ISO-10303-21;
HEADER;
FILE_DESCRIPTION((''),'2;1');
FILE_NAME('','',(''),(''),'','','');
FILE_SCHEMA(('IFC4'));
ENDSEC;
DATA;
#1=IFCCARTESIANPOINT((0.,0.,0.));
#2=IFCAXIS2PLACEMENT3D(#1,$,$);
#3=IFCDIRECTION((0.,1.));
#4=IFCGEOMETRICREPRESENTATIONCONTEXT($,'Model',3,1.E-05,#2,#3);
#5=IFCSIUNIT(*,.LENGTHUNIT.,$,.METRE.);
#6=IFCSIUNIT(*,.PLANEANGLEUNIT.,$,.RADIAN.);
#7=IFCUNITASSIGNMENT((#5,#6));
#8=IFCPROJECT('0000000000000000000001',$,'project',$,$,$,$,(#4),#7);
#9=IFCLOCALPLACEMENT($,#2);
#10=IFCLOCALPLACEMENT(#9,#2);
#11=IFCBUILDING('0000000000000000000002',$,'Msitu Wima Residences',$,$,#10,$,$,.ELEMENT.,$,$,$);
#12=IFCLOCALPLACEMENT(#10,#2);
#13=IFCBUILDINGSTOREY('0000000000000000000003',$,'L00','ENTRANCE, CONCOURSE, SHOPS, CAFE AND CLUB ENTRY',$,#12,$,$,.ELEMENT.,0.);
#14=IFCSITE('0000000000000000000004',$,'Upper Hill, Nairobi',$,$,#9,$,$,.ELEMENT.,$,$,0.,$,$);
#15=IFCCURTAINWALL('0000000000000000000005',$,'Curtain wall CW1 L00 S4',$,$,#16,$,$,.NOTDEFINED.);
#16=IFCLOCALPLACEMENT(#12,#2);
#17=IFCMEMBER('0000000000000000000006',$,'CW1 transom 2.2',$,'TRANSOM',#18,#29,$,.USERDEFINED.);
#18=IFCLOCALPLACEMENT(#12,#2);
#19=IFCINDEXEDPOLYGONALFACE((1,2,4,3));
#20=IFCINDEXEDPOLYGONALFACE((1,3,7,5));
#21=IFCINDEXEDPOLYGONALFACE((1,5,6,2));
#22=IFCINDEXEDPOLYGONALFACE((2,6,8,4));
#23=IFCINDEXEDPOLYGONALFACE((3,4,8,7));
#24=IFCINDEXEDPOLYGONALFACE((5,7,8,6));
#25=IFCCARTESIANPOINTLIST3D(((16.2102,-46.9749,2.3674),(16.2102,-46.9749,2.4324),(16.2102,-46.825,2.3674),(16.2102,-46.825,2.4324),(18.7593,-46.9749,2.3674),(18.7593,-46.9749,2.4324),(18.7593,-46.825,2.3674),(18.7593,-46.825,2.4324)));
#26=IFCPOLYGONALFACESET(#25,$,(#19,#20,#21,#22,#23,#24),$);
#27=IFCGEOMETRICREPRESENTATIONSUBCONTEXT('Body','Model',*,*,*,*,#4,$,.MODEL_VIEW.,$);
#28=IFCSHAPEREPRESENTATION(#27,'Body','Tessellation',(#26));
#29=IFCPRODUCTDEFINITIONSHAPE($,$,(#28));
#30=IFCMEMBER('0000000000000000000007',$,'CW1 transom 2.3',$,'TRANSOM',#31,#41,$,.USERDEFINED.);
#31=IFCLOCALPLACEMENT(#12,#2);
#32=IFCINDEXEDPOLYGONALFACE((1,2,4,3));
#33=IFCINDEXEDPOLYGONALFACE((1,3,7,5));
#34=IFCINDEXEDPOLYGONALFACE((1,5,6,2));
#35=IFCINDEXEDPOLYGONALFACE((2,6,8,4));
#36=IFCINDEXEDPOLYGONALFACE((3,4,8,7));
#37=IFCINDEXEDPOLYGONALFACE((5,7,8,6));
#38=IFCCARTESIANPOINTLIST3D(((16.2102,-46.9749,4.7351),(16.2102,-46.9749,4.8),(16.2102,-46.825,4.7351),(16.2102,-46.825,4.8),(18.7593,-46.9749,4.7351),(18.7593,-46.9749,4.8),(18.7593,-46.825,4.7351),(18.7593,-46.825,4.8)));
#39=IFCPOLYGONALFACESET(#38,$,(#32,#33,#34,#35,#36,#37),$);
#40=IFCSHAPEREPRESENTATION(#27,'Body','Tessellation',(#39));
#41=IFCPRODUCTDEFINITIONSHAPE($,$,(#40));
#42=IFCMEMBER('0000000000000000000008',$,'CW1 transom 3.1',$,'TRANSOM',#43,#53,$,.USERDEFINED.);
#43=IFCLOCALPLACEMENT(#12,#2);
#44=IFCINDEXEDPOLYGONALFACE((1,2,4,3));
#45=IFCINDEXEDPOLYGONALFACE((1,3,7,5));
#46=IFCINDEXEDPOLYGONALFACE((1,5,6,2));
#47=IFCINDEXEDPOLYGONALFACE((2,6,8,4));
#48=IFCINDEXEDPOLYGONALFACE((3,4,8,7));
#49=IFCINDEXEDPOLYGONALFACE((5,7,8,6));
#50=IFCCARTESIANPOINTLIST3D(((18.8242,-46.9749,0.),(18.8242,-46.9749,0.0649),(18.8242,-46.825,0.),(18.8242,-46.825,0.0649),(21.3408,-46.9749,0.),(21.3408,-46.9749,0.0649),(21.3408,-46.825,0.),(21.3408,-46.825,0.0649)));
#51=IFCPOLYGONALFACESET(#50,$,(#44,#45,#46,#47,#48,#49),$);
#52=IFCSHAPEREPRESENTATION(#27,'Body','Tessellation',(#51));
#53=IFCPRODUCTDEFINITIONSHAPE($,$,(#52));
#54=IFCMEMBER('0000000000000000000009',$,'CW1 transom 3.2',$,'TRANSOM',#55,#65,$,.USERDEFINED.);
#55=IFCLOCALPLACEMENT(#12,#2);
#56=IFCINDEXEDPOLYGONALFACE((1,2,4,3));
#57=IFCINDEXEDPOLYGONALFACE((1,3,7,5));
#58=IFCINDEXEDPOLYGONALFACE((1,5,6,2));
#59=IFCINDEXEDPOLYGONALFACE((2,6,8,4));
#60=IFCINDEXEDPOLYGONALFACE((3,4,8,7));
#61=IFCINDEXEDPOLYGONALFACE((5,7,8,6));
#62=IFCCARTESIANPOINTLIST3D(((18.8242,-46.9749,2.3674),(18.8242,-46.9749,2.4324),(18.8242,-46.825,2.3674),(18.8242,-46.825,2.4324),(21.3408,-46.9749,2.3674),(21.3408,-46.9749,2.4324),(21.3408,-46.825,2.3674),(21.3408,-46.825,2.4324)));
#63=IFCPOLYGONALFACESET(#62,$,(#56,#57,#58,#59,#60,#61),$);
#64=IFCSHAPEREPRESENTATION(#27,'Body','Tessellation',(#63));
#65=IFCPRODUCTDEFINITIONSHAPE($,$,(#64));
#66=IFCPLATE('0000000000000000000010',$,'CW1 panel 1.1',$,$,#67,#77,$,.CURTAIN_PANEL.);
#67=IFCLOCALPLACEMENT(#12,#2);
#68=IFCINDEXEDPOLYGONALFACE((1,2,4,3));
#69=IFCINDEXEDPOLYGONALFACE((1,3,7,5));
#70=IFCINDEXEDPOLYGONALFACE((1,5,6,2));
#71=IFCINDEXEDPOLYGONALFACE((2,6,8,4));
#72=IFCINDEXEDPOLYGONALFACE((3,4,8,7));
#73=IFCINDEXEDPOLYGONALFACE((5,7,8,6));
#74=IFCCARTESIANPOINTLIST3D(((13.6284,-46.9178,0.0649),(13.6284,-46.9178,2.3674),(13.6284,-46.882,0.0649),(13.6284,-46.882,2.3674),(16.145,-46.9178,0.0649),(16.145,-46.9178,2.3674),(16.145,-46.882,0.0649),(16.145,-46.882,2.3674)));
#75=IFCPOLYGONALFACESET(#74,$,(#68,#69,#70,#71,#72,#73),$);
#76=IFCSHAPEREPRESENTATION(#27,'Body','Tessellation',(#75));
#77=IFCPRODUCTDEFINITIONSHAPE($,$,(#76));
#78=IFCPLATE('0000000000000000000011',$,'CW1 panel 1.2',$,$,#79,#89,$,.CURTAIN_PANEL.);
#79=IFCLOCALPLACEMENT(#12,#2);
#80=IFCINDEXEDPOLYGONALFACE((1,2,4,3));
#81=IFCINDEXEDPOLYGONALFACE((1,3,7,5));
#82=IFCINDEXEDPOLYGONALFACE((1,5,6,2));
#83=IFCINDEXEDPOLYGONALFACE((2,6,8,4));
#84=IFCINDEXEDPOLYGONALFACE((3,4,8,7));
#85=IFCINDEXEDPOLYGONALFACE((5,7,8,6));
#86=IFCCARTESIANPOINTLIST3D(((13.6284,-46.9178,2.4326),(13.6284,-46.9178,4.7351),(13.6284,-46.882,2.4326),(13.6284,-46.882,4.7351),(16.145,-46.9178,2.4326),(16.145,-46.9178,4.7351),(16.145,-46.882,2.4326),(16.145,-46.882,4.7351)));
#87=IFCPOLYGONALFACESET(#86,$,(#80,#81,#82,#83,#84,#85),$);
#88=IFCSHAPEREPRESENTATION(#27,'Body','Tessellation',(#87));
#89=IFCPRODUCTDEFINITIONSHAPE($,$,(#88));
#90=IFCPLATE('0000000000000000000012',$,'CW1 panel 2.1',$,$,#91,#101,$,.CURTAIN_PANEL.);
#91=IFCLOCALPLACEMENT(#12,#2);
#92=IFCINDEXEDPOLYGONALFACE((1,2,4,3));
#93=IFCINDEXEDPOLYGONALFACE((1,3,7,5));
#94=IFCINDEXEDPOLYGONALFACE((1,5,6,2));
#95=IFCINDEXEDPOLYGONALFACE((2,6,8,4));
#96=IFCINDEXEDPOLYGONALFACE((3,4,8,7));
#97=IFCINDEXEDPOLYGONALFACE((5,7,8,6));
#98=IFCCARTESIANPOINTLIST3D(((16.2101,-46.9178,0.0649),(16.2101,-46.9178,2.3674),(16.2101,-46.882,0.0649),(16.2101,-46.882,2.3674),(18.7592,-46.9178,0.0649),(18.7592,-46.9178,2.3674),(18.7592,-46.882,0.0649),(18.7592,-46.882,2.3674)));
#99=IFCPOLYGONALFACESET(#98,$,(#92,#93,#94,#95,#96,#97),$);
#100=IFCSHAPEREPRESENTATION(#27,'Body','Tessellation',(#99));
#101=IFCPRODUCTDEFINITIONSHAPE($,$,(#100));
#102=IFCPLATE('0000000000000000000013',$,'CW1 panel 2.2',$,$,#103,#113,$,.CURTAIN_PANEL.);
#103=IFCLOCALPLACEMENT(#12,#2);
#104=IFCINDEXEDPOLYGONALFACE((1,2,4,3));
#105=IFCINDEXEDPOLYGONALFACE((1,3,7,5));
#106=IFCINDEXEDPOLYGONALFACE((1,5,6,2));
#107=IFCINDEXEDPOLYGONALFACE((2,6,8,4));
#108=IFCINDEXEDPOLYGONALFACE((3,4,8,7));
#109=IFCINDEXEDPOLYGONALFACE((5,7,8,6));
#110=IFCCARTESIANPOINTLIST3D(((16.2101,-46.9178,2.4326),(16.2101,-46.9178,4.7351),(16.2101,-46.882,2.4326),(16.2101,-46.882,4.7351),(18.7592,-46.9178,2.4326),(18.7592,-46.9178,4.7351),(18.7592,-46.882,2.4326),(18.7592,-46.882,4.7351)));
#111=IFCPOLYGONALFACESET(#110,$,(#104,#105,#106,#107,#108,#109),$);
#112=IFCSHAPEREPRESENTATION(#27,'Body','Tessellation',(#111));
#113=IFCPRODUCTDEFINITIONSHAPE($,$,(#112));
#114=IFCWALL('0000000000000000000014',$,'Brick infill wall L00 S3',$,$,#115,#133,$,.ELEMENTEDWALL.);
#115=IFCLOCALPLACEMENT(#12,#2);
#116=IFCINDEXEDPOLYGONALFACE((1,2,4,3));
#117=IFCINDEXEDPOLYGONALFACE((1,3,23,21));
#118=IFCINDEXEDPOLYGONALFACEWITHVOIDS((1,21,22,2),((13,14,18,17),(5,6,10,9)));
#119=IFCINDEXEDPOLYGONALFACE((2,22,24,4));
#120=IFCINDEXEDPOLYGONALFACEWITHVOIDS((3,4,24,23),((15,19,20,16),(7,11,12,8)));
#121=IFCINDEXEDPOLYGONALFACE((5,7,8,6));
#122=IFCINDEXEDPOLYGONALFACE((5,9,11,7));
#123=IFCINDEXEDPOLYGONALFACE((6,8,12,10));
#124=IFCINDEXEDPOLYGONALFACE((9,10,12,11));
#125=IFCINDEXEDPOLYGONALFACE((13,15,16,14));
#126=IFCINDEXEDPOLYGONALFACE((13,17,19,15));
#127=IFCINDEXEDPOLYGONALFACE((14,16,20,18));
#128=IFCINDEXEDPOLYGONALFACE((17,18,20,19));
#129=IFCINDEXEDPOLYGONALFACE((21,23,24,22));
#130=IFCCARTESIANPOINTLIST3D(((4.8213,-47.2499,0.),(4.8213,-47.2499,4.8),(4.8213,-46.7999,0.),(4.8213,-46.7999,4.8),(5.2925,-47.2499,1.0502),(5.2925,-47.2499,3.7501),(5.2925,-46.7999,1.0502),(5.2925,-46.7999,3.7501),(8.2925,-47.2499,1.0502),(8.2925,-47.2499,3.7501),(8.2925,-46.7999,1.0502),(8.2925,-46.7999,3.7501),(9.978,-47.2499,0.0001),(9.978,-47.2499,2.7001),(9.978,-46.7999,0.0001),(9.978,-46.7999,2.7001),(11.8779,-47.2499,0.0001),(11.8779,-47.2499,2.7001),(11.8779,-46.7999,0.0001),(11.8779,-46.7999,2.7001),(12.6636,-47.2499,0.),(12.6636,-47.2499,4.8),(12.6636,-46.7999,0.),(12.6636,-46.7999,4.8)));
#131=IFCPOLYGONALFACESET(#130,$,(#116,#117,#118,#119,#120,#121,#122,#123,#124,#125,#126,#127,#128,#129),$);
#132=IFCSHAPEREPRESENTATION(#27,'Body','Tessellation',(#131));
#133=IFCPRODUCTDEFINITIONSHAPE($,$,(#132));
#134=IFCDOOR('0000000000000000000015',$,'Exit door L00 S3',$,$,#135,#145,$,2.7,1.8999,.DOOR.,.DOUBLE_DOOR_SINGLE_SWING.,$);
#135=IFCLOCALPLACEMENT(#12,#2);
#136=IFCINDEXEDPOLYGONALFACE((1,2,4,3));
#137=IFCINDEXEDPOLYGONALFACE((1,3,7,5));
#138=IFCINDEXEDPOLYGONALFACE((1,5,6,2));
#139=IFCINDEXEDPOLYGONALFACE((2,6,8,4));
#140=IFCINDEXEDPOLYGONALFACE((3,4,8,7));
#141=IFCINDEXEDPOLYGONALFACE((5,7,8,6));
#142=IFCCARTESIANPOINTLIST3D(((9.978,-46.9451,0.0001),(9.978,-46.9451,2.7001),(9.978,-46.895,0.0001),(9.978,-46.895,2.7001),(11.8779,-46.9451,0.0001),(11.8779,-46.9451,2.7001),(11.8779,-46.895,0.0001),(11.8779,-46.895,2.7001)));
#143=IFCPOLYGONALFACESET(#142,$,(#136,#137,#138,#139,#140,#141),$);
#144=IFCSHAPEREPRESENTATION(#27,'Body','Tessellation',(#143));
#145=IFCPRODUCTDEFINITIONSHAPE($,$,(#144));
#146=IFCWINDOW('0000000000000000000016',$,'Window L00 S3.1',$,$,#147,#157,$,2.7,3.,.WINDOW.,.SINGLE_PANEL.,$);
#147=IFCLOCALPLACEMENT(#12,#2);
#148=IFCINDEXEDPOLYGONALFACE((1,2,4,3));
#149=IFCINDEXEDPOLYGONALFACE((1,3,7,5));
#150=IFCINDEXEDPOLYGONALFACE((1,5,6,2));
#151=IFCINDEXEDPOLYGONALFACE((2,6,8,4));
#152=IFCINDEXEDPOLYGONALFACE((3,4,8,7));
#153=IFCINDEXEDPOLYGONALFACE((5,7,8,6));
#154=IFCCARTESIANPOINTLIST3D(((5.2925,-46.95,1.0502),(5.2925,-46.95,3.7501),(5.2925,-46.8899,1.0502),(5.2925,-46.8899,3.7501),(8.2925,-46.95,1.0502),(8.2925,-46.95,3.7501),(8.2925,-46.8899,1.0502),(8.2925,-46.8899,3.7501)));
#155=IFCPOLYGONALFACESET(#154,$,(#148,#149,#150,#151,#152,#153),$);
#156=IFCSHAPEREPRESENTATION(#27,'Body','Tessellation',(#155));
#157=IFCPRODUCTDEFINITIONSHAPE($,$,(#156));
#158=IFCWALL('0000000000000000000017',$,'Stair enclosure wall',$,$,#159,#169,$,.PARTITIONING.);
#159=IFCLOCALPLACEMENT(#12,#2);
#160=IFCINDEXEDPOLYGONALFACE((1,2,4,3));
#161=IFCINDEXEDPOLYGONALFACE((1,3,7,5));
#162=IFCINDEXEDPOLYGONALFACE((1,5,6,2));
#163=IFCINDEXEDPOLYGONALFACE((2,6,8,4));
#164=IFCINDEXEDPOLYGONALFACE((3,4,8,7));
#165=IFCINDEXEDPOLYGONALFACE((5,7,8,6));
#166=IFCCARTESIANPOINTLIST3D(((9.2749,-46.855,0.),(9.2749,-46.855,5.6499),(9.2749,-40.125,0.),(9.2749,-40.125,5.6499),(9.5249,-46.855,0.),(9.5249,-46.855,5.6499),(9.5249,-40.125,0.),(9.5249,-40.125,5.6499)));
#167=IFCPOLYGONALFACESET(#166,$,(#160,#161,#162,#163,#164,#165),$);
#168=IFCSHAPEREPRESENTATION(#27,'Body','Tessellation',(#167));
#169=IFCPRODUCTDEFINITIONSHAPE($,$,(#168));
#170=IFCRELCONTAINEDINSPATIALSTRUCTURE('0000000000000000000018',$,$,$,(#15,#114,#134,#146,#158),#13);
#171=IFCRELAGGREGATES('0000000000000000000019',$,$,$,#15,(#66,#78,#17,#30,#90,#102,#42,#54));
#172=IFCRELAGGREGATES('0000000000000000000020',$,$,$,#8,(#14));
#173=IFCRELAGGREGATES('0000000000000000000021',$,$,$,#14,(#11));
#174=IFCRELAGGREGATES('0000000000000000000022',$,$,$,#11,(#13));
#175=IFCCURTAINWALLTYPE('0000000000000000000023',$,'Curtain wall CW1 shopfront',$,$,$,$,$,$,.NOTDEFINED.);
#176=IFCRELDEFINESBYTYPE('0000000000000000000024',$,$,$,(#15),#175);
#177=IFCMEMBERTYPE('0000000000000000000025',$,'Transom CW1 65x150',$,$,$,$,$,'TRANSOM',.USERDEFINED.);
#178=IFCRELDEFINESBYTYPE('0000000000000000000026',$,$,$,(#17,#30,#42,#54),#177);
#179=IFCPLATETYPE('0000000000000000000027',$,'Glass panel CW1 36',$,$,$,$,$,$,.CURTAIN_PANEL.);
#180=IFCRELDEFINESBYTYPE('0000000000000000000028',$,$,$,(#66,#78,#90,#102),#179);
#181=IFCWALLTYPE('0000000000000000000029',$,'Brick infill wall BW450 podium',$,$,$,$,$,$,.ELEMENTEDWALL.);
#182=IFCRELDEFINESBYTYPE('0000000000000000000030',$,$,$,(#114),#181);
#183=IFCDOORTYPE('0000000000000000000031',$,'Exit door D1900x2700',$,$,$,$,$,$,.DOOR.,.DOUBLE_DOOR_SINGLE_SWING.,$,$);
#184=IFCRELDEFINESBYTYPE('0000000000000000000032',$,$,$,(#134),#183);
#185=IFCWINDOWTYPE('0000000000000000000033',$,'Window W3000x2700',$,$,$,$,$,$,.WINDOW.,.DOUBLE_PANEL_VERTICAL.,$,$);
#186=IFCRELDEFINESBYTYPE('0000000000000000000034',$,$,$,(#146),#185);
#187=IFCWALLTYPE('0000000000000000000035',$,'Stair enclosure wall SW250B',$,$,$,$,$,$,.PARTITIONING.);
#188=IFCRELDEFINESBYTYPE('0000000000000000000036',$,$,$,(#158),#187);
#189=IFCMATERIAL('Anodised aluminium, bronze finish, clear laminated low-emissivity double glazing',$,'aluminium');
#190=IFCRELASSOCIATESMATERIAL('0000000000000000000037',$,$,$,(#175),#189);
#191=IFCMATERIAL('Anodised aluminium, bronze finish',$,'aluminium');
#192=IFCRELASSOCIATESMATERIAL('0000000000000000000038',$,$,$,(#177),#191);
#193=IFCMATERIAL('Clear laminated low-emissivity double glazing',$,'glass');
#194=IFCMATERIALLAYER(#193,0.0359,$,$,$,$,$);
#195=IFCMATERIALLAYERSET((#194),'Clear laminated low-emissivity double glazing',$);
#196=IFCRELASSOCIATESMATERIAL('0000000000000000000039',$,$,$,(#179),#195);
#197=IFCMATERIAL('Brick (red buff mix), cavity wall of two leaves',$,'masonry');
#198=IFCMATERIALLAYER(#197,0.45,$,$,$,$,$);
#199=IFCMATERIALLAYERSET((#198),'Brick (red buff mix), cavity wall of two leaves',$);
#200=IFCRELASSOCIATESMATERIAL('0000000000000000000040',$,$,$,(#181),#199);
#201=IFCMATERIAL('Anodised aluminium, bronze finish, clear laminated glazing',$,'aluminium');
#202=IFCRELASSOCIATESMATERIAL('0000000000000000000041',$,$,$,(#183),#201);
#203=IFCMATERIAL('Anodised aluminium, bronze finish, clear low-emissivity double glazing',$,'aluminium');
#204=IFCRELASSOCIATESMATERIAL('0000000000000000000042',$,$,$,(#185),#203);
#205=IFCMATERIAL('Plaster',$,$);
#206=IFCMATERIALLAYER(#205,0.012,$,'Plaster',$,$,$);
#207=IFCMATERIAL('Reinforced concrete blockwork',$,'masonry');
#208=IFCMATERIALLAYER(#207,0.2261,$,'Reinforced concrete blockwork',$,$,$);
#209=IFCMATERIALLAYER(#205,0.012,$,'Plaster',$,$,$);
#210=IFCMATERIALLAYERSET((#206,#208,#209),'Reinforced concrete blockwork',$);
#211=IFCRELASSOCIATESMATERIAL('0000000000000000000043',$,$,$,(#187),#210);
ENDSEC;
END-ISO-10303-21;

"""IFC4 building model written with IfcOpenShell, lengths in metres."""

from ifc_helpers import new_model, si_unit, direction, frame, frame_2d, origin, origin_2d, place, context, subcontext, project, spatial, rectangle, extrude, material, layer, layer_set, material_profile, profile_set, type_object, element, fill, aggregate, save


model = new_model("IFC4")

# Units and contexts
model_context = context("Model", 3, precision=1e-05, world=origin(), true_north=direction((0.0, 1.0)))
body_context = subcontext(model_context, "Body", "Model", "MODEL_VIEW")
ifc_project = project(units=[si_unit("LENGTHUNIT", "METRE"), si_unit("PLANEANGLEUNIT", "RADIAN")], contexts=[model_context])

# Site, building, storey
site_placement = place(None, origin())
site = spatial("IfcSite", under=ifc_project, at=site_placement, Name="Upper Hill, Nairobi", CompositionType="ELEMENT", RefElevation=0.0)
building_placement = place(site_placement, origin())
building = spatial("IfcBuilding", under=site, at=building_placement, Name="Msitu Wima Residences", CompositionType="ELEMENT")
storey_placement = place(building_placement, origin())
storey = spatial("IfcBuildingStorey", under=building, at=storey_placement, Name="L00", Description="ENTRANCE, CONCOURSE, SHOPS, CAFE AND CLUB ENTRY", CompositionType="ELEMENT", Elevation=0.0)

# Curtain wall
ifc_material_1 = material(Name="Anodised aluminium, bronze finish, clear laminated low-emissivity double glazing", Category="aluminium")
curtain_wall_type = type_object("IfcCurtainWallType", Name="Curtain wall CW1 shopfront", PredefinedType="NOTDEFINED", material=ifc_material_1)
curtain_wall_placement = place(storey_placement, origin())
curtain_wall = element("IfcCurtainWall", 1, at=curtain_wall_placement, inside=storey, type_object=curtain_wall_type, Name="Curtain wall CW1 L00 S4", PredefinedType="NOTDEFINED")
ifc_material_2 = material(Name="Anodised aluminium, bronze finish", Category="aluminium")

# Members
ifc_material_profile_1 = material_profile(ifc_material_2, rectangle(XDim=0.1499, YDim=0.0649, at=origin_2d()), Name="Transom 65x150")
ifc_profile_set_1 = profile_set([ifc_material_profile_1], Name="Anodised aluminium, bronze finish")
member_type_1 = type_object("IfcMemberType", Name="Transom CW1 65x150", ElementType="TRANSOM", PredefinedType="USERDEFINED", material=ifc_profile_set_1)
member_1_placement = place(storey_placement, frame((16.2102, -46.8999, 2.3999), z_axis=(1.0, 0.0, 0.0), x_axis=(0.0, 1.0, 0.0)))
member_1 = element("IfcMember", 2, at=member_1_placement, type_object=member_type_1, Name="CW1 transom 2.2", ObjectType="TRANSOM", PredefinedType="USERDEFINED", context=body_context, shape_type="SweptSolid", body=[
    extrude(rectangle(XDim=0.1499, YDim=0.0649, at=origin_2d()), origin(), (0.0, 0.0, 1.0), 2.5491),
])
member_2_placement = place(storey_placement, frame((16.2102, -46.8999, 4.7676), z_axis=(1.0, 0.0, 0.0), x_axis=(0.0, 1.0, 0.0)))
member_2 = element("IfcMember", 3, at=member_2_placement, type_object=member_type_1, Name="CW1 transom 2.3", ObjectType="TRANSOM", PredefinedType="USERDEFINED", context=body_context, shape_type="SweptSolid", body=[
    extrude(rectangle(XDim=0.1499, YDim=0.0649, at=origin_2d()), origin(), (0.0, 0.0, 1.0), 2.5491),
])
member_3_placement = place(storey_placement, frame((18.8242, -46.8999, 0.0325), z_axis=(1.0, 0.0, 0.0), x_axis=(0.0, 1.0, 0.0)))
member_3 = element("IfcMember", 4, at=member_3_placement, type_object=member_type_1, Name="CW1 transom 3.1", ObjectType="TRANSOM", PredefinedType="USERDEFINED", context=body_context, shape_type="SweptSolid", body=[
    extrude(rectangle(XDim=0.1499, YDim=0.0649, at=origin_2d()), origin(), (0.0, 0.0, 1.0), 2.5166),
])
member_4_placement = place(storey_placement, frame((18.8242, -46.8999, 2.3999), z_axis=(1.0, 0.0, 0.0), x_axis=(0.0, 1.0, 0.0)))
member_4 = element("IfcMember", 5, at=member_4_placement, type_object=member_type_1, Name="CW1 transom 3.2", ObjectType="TRANSOM", PredefinedType="USERDEFINED", context=body_context, shape_type="SweptSolid", body=[
    extrude(rectangle(XDim=0.1499, YDim=0.0649, at=origin_2d()), origin(), (0.0, 0.0, 1.0), 2.5166),
])

# Plates
ifc_material_3 = material(Name="Clear laminated low-emissivity double glazing", Category="glass")
ifc_layer_1 = layer(ifc_material_3, 0.0359)
ifc_layer_set_1 = layer_set([ifc_layer_1], Name="Clear laminated low-emissivity double glazing")
plate_type = type_object("IfcPlateType", Name="Glass panel CW1 36", PredefinedType="CURTAIN_PANEL", material=ifc_layer_set_1)
plate_1_placement = place(storey_placement, frame((14.8867, -46.8999, 0.0649), z_axis=(0.0, 0.0, 1.0), x_axis=(1.0, 0.0, 0.0)))
plate_1 = element("IfcPlate", 6, at=plate_1_placement, type_object=plate_type, Name="CW1 panel 1.1", PredefinedType="CURTAIN_PANEL", context=body_context, shape_type="SweptSolid", body=[
    extrude(rectangle(XDim=2.5166, YDim=0.0359, at=origin_2d()), origin(), (0.0, 0.0, 1.0), 2.3025),
])
plate_2_placement = place(storey_placement, frame((14.8867, -46.8999, 2.4326), z_axis=(0.0, 0.0, 1.0), x_axis=(1.0, 0.0, 0.0)))
plate_2 = element("IfcPlate", 7, at=plate_2_placement, type_object=plate_type, Name="CW1 panel 1.2", PredefinedType="CURTAIN_PANEL", context=body_context, shape_type="SweptSolid", body=[
    extrude(rectangle(XDim=2.5166, YDim=0.0359, at=origin_2d()), origin(), (0.0, 0.0, 1.0), 2.3025),
])
plate_3_placement = place(storey_placement, frame((17.4846, -46.8999, 0.0649), z_axis=(0.0, 0.0, 1.0), x_axis=(1.0, 0.0, 0.0)))
plate_3 = element("IfcPlate", 8, at=plate_3_placement, type_object=plate_type, Name="CW1 panel 2.1", PredefinedType="CURTAIN_PANEL", context=body_context, shape_type="SweptSolid", body=[
    extrude(rectangle(XDim=2.5491, YDim=0.0359, at=origin_2d()), origin(), (0.0, 0.0, 1.0), 2.3025),
])
plate_4_placement = place(storey_placement, frame((17.4846, -46.8999, 2.4326), z_axis=(0.0, 0.0, 1.0), x_axis=(1.0, 0.0, 0.0)))
plate_4 = element("IfcPlate", 9, at=plate_4_placement, type_object=plate_type, Name="CW1 panel 2.2", PredefinedType="CURTAIN_PANEL", context=body_context, shape_type="SweptSolid", body=[
    extrude(rectangle(XDim=2.5491, YDim=0.0359, at=origin_2d()), origin(), (0.0, 0.0, 1.0), 2.3025),
])
aggregate(curtain_wall, [plate_1, plate_2, member_1, member_2, plate_3, plate_4, member_3, member_4])

# Wall, openings, door, window
ifc_material_4 = material(Name="Brick (red buff mix), cavity wall of two leaves", Category="masonry")
ifc_layer_2 = layer(ifc_material_4, 0.45)
ifc_layer_set_2 = layer_set([ifc_layer_2], Name="Brick (red buff mix), cavity wall of two leaves")
wall_type_1 = type_object("IfcWallType", Name="Brick infill wall BW450 podium", PredefinedType="ELEMENTEDWALL", material=ifc_layer_set_2)
wall_1_placement = place(storey_placement, frame((4.8213, -47.0249, 0.0), z_axis=(0.0, 0.0, 1.0), x_axis=(1.0, 0.0, 0.0)))
wall_1 = element("IfcWall", 10, at=wall_1_placement, inside=storey, type_object=wall_type_1, Name="Brick infill wall L00 S3", PredefinedType="ELEMENTEDWALL", context=body_context, shape_type="SweptSolid", body=[
    extrude(rectangle(XDim=7.8423, YDim=0.45, at=frame_2d((3.9211, 0.0))), origin(), (0.0, 0.0, 1.0), 4.8),
])
opening_1_placement = place(wall_1_placement, frame((0.4712, 0.0, 1.05)))
opening_1 = element("IfcOpeningElement", 11, at=opening_1_placement, cuts=wall_1, PredefinedType="OPENING", context=body_context, shape_type="SweptSolid", body=[
    extrude(rectangle(XDim=3.0, YDim=2.7, at=frame_2d((1.5, 1.3501))), frame((0.0, 0.2349, 0.0), z_axis=(0.0, -1.0, 0.0), x_axis=(1.0, 0.0, 0.0)), (0.0, 0.0, 1.0), 0.47),
])
opening_2_placement = place(wall_1_placement, frame((5.1567, 0.0, 0.0)))
opening_2 = element("IfcOpeningElement", 12, at=opening_2_placement, cuts=wall_1, PredefinedType="OPENING", context=body_context, shape_type="SweptSolid", body=[
    extrude(rectangle(XDim=1.8999, YDim=2.7, at=frame_2d((0.95, 1.3501))), frame((0.0, 0.2349, 0.0), z_axis=(0.0, -1.0, 0.0), x_axis=(1.0, 0.0, 0.0)), (0.0, 0.0, 1.0), 0.47),
])
ifc_material_5 = material(Name="Anodised aluminium, bronze finish, clear laminated glazing", Category="aluminium")
door_type_1 = type_object("IfcDoorType", Name="Exit door D1900x2700", OperationType="DOUBLE_DOOR_SINGLE_SWING", PredefinedType="DOOR", material=ifc_material_5)
door_1_placement = place(opening_2_placement, frame((1.8999, 0.0, 0.0), z_axis=(0.0, 0.0, 1.0), x_axis=(-1.0, 0.0, 0.0)))
door_1 = element("IfcDoor", 13, at=door_1_placement, inside=storey, type_object=door_type_1, Name="Exit door L00 S3", OperationType="DOUBLE_DOOR_SINGLE_SWING", OverallHeight=2.7, OverallWidth=1.8999, PredefinedType="DOOR", context=body_context, shape_type="SweptSolid", body=[
    extrude(rectangle(XDim=1.8999, YDim=2.7, at=frame_2d((0.95, 1.3501))), frame((0.0, -0.0798, 0.0), z_axis=(0.0, -1.0, 0.0), x_axis=(1.0, 0.0, 0.0)), (0.0, 0.0, 1.0), 0.05),
])
fill(opening_2, door_1)
ifc_material_6 = material(Name="Anodised aluminium, bronze finish, clear low-emissivity double glazing", Category="aluminium")
window_type = type_object("IfcWindowType", Name="Window W3000x2700", PartitioningType="DOUBLE_PANEL_VERTICAL", PredefinedType="WINDOW", material=ifc_material_6)
window_placement = place(opening_1_placement, origin())
window = element("IfcWindow", 14, at=window_placement, inside=storey, type_object=window_type, Name="Window L00 S3.1", OverallHeight=2.7, OverallWidth=3.0, PartitioningType="SINGLE_PANEL", PredefinedType="WINDOW", context=body_context, shape_type="SweptSolid", body=[
    extrude(rectangle(XDim=3.0, YDim=2.7, at=frame_2d((1.5, 1.3501))), frame((0.0, 0.135, 0.0), z_axis=(0.0, -1.0, 0.0), x_axis=(1.0, 0.0, 0.0)), (0.0, 0.0, 1.0), 0.0601),
])
fill(opening_1, window)

# Wall
ifc_material_7 = material(Name="Plaster")
ifc_layer_3 = layer(ifc_material_7, 0.012, Name="Plaster")
ifc_material_8 = material(Name="Reinforced concrete blockwork", Category="masonry")
ifc_layer_4 = layer(ifc_material_8, 0.2261, Name="Reinforced concrete blockwork")
ifc_layer_5 = layer(ifc_material_7, 0.012, Name="Plaster")
ifc_layer_set_3 = layer_set([ifc_layer_3, ifc_layer_4, ifc_layer_5], Name="Reinforced concrete blockwork")
wall_type_2 = type_object("IfcWallType", Name="Stair enclosure wall SW250B", PredefinedType="PARTITIONING", material=ifc_layer_set_3)
wall_2_placement = place(storey_placement, frame((9.3999, -46.855, 0.0), z_axis=(0.0, 0.0, 1.0), x_axis=(0.0, 1.0, 0.0)))
element("IfcWall", 15, at=wall_2_placement, inside=storey, type_object=wall_type_2, Name="Stair enclosure wall", PredefinedType="PARTITIONING", context=body_context, shape_type="SweptSolid", body=[
    extrude(rectangle(XDim=6.73, YDim=0.25, at=frame_2d((3.365, 0.0))), origin(), (0.0, 0.0, 1.0), 5.6499),
])

save(model, "model.ifc")
